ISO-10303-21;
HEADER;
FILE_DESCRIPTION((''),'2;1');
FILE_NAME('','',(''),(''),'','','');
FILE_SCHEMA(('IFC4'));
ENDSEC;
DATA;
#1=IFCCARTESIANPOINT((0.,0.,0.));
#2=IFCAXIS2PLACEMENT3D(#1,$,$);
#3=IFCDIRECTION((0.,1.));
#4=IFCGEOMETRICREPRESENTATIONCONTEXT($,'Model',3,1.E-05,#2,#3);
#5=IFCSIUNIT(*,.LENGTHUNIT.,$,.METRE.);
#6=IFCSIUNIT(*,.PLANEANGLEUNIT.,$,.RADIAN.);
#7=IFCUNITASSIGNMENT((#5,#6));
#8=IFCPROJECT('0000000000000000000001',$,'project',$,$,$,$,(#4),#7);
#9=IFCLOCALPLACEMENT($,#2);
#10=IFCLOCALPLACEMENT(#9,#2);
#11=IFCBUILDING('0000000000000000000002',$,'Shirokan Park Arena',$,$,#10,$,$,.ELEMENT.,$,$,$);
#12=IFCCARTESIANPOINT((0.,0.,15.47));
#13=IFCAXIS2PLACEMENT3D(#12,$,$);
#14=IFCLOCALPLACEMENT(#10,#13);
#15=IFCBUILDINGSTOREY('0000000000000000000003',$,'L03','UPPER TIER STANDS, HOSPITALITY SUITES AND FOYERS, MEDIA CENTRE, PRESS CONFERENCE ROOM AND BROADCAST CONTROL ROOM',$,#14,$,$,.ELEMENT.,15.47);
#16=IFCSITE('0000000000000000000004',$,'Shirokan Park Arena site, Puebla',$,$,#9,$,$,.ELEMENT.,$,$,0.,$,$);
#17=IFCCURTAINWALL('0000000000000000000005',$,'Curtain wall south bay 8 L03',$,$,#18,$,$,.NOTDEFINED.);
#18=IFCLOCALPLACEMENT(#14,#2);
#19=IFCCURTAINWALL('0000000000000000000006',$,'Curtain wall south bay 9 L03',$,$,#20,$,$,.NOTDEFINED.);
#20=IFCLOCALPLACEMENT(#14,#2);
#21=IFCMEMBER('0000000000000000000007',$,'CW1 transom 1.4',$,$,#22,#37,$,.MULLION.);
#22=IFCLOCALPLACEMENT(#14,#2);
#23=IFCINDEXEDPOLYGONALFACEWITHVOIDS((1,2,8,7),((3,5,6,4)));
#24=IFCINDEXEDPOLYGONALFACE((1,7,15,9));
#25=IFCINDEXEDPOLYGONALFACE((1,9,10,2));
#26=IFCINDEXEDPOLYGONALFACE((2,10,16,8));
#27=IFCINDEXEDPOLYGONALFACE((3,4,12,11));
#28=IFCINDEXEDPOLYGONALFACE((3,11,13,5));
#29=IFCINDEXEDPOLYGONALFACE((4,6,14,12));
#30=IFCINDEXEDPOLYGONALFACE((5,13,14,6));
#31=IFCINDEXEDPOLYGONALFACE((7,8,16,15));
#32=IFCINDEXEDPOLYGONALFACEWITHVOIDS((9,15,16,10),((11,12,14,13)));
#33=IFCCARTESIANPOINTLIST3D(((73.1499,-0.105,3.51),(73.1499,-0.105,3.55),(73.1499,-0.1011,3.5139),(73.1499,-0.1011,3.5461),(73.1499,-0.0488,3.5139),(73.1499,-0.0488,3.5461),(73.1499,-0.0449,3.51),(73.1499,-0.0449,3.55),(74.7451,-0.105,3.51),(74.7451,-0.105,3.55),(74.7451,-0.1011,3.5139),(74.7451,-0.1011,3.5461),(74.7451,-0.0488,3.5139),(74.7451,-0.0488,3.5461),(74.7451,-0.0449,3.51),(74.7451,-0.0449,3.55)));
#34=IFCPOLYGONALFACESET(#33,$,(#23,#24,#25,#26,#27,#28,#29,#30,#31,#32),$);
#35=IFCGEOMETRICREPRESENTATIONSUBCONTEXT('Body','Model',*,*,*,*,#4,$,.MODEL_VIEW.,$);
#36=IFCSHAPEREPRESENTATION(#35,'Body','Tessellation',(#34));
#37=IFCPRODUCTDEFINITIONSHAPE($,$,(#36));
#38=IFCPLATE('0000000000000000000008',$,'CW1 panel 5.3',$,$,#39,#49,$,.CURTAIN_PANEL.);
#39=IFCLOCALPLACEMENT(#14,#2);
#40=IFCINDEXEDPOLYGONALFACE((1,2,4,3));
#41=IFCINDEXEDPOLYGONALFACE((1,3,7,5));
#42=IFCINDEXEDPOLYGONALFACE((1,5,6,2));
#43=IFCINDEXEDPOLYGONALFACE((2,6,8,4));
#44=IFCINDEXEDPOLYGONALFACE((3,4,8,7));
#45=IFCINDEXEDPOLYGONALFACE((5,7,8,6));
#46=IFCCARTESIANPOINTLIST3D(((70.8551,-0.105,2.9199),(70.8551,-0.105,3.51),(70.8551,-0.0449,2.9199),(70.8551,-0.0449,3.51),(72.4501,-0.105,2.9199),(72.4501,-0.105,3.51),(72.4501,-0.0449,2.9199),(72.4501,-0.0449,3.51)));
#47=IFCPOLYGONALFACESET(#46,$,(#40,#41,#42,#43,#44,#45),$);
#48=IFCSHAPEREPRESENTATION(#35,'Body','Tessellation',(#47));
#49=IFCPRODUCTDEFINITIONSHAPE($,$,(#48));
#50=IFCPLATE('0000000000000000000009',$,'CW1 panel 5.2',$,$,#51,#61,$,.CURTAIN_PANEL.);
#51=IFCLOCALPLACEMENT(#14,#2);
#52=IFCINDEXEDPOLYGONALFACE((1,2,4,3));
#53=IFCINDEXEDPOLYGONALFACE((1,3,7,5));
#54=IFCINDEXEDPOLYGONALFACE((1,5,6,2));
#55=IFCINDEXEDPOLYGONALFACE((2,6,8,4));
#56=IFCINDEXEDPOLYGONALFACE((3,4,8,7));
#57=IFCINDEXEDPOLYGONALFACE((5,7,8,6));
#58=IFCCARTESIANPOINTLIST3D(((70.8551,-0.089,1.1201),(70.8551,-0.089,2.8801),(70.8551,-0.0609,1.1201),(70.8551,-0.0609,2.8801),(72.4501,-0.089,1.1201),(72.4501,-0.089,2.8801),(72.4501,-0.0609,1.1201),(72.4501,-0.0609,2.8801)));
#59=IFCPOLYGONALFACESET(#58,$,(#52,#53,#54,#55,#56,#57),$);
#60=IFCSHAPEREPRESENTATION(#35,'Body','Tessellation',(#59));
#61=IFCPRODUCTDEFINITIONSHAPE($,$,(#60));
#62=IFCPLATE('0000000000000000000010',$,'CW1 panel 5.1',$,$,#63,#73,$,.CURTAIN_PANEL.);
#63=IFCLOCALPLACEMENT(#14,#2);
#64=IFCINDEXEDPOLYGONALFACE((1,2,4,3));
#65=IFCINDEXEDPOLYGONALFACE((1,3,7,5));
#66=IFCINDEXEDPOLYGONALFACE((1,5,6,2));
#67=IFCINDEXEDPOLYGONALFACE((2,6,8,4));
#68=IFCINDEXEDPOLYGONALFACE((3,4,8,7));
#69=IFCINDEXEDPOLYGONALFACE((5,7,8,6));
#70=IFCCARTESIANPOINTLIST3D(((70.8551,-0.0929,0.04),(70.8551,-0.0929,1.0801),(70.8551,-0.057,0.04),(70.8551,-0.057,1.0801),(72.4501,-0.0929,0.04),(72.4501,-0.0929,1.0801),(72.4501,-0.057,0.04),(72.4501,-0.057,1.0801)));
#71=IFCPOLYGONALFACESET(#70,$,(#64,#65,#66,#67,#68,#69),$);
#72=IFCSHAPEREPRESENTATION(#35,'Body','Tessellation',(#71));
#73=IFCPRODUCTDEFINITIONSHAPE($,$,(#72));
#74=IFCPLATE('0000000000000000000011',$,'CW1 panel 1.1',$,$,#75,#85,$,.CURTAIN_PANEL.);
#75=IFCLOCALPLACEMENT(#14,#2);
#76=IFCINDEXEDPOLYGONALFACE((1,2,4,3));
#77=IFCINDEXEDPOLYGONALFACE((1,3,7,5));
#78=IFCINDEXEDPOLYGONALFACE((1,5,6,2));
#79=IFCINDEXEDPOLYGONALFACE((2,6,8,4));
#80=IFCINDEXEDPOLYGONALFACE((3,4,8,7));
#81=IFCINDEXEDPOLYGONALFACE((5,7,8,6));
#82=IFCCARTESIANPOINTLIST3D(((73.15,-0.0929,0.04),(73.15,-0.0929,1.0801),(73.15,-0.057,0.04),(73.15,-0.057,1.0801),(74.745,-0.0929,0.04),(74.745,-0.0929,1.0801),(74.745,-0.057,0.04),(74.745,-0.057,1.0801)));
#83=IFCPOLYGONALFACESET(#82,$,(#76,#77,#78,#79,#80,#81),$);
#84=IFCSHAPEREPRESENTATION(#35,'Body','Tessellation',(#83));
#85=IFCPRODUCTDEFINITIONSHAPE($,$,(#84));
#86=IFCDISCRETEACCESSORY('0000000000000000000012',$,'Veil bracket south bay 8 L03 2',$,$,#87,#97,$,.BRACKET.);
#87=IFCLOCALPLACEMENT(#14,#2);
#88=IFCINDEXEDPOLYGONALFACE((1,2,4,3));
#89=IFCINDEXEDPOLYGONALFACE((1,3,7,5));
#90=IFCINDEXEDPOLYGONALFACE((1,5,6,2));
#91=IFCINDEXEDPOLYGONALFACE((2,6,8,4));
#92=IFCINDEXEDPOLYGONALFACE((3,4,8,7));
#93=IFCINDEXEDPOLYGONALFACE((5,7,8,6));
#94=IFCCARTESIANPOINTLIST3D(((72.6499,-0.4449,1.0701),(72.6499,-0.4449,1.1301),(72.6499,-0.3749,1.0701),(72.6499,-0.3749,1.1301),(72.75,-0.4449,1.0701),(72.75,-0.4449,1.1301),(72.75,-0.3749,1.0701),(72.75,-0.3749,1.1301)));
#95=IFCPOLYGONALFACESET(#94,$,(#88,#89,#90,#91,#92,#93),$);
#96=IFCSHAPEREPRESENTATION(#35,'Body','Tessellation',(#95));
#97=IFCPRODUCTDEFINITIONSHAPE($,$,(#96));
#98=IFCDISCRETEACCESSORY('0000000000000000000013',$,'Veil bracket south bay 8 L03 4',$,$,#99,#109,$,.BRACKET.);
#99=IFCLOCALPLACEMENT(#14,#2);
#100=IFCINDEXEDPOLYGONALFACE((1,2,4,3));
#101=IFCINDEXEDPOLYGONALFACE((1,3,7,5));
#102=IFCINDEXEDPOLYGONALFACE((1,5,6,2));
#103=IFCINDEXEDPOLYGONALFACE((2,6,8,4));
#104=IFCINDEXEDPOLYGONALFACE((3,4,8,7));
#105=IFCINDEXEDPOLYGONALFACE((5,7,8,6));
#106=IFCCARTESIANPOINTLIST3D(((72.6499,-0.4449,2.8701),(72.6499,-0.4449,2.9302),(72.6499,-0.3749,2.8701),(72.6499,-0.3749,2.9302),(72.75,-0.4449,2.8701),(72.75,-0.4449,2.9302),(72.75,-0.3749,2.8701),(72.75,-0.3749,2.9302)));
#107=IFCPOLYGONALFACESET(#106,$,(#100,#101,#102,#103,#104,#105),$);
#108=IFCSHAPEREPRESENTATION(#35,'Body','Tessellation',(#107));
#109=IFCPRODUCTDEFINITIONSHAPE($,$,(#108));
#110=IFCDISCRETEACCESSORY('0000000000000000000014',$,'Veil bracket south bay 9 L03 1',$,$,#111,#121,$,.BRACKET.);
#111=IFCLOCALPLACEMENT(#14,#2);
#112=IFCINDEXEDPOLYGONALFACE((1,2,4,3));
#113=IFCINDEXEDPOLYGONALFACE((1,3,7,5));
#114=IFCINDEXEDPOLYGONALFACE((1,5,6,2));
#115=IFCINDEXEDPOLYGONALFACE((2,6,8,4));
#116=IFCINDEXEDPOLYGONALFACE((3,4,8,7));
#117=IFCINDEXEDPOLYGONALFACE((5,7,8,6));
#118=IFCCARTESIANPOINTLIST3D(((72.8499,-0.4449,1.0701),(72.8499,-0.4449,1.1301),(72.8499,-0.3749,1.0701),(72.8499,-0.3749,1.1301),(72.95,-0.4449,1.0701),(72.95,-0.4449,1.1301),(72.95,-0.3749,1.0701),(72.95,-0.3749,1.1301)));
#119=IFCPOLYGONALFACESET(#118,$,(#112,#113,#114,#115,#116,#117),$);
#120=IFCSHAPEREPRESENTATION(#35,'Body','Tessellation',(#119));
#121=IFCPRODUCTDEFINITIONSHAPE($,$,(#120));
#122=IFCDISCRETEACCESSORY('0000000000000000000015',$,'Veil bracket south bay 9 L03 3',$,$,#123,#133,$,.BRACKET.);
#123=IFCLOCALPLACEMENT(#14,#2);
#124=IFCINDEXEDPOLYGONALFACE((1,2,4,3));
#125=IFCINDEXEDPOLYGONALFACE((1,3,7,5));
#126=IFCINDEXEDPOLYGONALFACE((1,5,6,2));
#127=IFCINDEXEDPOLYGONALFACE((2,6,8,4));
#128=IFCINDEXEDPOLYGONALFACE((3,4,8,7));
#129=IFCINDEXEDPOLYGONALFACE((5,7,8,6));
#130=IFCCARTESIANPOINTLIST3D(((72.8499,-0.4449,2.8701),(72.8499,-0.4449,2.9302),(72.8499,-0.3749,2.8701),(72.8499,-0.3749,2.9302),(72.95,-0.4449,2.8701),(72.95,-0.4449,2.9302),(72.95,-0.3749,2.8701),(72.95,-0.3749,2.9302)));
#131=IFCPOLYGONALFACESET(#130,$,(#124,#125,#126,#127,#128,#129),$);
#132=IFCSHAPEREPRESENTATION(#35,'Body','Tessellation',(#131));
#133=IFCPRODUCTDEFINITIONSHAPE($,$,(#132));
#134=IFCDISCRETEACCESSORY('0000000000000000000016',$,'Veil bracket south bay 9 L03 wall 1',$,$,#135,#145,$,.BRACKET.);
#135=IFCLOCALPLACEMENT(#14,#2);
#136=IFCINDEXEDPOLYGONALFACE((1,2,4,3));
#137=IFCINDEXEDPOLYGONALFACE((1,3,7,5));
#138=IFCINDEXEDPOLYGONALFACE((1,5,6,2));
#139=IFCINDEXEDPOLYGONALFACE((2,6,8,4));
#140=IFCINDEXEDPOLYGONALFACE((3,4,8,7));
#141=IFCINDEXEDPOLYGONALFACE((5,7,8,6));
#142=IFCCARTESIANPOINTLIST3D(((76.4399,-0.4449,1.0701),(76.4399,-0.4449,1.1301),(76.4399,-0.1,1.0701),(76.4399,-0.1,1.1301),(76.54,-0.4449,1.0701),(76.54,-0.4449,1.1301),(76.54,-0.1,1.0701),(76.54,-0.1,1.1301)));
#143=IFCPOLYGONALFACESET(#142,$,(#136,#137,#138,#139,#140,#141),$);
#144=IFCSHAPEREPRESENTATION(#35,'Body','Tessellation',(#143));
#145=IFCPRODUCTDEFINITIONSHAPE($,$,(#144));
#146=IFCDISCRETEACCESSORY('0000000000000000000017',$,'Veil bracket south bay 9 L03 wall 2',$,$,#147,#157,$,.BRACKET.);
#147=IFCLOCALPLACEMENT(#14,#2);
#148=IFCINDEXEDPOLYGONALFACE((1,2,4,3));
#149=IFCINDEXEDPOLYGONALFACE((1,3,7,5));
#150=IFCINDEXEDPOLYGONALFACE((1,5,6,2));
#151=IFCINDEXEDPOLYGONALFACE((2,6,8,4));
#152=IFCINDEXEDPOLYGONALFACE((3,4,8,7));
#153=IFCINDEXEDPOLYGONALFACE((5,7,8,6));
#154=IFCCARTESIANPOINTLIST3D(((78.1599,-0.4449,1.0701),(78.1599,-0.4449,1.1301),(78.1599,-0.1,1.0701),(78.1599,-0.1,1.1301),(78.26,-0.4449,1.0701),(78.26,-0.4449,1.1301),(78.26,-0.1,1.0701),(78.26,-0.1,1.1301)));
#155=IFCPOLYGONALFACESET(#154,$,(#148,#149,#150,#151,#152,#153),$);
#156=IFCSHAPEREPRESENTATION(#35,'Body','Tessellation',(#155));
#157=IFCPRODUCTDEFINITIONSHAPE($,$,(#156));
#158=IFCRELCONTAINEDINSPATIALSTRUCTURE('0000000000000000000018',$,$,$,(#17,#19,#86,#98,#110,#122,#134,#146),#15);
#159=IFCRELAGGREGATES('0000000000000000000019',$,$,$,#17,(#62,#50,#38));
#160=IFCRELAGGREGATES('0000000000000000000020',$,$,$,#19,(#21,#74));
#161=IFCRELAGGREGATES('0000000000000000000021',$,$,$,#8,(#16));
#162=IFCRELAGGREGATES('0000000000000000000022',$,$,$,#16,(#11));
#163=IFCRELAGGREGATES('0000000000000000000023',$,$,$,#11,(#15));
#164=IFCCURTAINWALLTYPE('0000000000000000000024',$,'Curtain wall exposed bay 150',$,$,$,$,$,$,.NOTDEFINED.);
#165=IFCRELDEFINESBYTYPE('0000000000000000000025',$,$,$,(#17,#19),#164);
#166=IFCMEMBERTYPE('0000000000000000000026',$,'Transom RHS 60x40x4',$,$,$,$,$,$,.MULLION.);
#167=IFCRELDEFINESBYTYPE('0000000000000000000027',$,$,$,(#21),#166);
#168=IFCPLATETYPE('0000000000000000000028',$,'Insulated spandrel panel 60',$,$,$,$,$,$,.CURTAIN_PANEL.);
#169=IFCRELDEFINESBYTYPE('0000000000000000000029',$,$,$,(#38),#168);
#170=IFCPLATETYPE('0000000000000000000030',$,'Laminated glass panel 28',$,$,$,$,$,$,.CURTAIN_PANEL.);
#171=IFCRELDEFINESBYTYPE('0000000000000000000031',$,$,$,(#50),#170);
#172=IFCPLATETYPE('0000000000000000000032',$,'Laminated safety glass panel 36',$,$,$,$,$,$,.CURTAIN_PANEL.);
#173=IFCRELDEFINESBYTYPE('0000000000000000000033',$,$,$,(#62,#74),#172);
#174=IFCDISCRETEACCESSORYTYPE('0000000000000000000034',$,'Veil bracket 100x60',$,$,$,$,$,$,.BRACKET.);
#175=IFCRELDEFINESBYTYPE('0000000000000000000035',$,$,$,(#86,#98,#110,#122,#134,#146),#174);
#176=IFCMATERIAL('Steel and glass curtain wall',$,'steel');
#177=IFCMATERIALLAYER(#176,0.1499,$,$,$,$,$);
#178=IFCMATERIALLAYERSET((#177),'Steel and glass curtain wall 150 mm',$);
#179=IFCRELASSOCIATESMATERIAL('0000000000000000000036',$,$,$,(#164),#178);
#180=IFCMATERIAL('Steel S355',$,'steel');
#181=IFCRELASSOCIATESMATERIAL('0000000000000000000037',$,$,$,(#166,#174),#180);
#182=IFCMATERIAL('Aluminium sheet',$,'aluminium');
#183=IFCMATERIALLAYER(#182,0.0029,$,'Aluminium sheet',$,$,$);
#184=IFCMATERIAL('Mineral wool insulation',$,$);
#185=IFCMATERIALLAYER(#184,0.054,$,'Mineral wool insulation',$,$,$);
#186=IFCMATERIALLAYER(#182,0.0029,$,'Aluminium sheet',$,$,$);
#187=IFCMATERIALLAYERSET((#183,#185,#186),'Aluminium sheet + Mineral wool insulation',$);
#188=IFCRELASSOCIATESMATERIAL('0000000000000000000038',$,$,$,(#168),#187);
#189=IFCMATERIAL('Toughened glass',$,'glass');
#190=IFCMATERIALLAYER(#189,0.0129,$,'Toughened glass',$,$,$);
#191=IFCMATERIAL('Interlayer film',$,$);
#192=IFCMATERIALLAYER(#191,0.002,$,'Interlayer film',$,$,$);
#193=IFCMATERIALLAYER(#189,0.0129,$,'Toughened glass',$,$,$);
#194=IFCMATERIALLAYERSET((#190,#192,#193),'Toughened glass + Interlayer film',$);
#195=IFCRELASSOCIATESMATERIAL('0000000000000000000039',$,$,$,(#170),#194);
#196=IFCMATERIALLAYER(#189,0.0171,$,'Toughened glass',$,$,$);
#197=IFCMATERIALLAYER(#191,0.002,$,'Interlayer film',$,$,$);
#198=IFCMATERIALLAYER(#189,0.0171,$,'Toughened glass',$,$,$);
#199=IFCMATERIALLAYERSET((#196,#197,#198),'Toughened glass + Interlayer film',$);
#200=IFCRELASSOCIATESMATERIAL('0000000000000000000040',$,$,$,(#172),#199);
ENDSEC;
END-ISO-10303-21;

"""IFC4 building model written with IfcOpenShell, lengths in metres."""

from ifc_helpers import new_model, si_unit, direction, frame, origin, origin_2d, place, context, subcontext, project, spatial, rectangle, hollow_rectangle, extrude, material, layer, layer_set, material_profile, profile_set, type_object, element, aggregate, save


model = new_model("IFC4")

# Units and contexts
model_context = context("Model", 3, precision=1e-05, world=origin(), true_north=direction((0.0, 1.0)))
body_context = subcontext(model_context, "Body", "Model", "MODEL_VIEW")
ifc_project = project(units=[si_unit("LENGTHUNIT", "METRE"), si_unit("PLANEANGLEUNIT", "RADIAN")], contexts=[model_context])

# Site, building, storey
site_placement = place(None, origin())
site = spatial("IfcSite", under=ifc_project, at=site_placement, Name="Shirokan Park Arena site, Puebla", CompositionType="ELEMENT", RefElevation=0.0)
building_placement = place(site_placement, origin())
building = spatial("IfcBuilding", under=site, at=building_placement, Name="Shirokan Park Arena", CompositionType="ELEMENT")
storey_placement = place(building_placement, frame((0.0, 0.0, 15.47)))
storey = spatial("IfcBuildingStorey", under=building, at=storey_placement, Name="L03", Description="UPPER TIER STANDS, HOSPITALITY SUITES AND FOYERS, MEDIA CENTRE, PRESS CONFERENCE ROOM AND BROADCAST CONTROL ROOM", CompositionType="ELEMENT", Elevation=15.47)

# Curtain walls
ifc_material_1 = material(Name="Steel and glass curtain wall", Category="steel")
ifc_layer_1 = layer(ifc_material_1, 0.1499)
ifc_layer_set_1 = layer_set([ifc_layer_1], Name="Steel and glass curtain wall 150 mm")
curtain_wall_type = type_object("IfcCurtainWallType", Name="Curtain wall exposed bay 150", PredefinedType="NOTDEFINED", material=ifc_layer_set_1)
curtain_wall_1_placement = place(storey_placement, origin())
curtain_wall_1 = element("IfcCurtainWall", 1, at=curtain_wall_1_placement, inside=storey, type_object=curtain_wall_type, Name="Curtain wall south bay 8 L03", PredefinedType="NOTDEFINED")
ifc_material_2 = material(Name="Steel S355", Category="steel")
curtain_wall_2_placement = place(storey_placement, origin())
curtain_wall_2 = element("IfcCurtainWall", 2, at=curtain_wall_2_placement, inside=storey, type_object=curtain_wall_type, Name="Curtain wall south bay 9 L03", PredefinedType="NOTDEFINED")

# Member
ifc_material_profile_1 = material_profile(ifc_material_2, hollow_rectangle(XDim=0.0601, YDim=0.04, WallThickness=0.0039, at=origin_2d()), Name="RHS 60x40x4")
ifc_profile_set_1 = profile_set([ifc_material_profile_1], Name="Steel S355")
member_type_1 = type_object("IfcMemberType", Name="Transom RHS 60x40x4", PredefinedType="MULLION", material=ifc_profile_set_1)
member_1_placement = place(storey_placement, frame((73.1499, -0.075, 3.53), z_axis=(1.0, 0.0, 0.0), x_axis=(0.0, 1.0, 0.0)))
member_1 = element("IfcMember", 3, at=member_1_placement, type_object=member_type_1, Name="CW1 transom 1.4", PredefinedType="MULLION", context=body_context, shape_type="SweptSolid", body=[
    extrude(hollow_rectangle(XDim=0.0601, YDim=0.04, WallThickness=0.0039, at=origin_2d()), origin(), (0.0, 0.0, 1.0), 1.5952),
])

# Plates
ifc_material_3 = material(Name="Aluminium sheet", Category="aluminium")
ifc_layer_2 = layer(ifc_material_3, 0.0029, Name="Aluminium sheet")
ifc_material_4 = material(Name="Mineral wool insulation")
ifc_layer_3 = layer(ifc_material_4, 0.054, Name="Mineral wool insulation")
ifc_layer_4 = layer(ifc_material_3, 0.0029, Name="Aluminium sheet")
ifc_layer_set_2 = layer_set([ifc_layer_2, ifc_layer_3, ifc_layer_4], Name="Aluminium sheet + Mineral wool insulation")
plate_type_1 = type_object("IfcPlateType", Name="Insulated spandrel panel 60", PredefinedType="CURTAIN_PANEL", material=ifc_layer_set_2)
plate_1_placement = place(storey_placement, frame((71.6526, -0.075, 2.9199), z_axis=(0.0, 0.0, 1.0), x_axis=(1.0, 0.0, 0.0)))
plate_1 = element("IfcPlate", 4, at=plate_1_placement, type_object=plate_type_1, Name="CW1 panel 5.3", PredefinedType="CURTAIN_PANEL", context=body_context, shape_type="SweptSolid", body=[
    extrude(rectangle(XDim=1.595, YDim=0.0601, at=origin_2d()), origin(), (0.0, 0.0, 1.0), 0.5901),
])
ifc_material_5 = material(Name="Toughened glass", Category="glass")
ifc_layer_5 = layer(ifc_material_5, 0.0129, Name="Toughened glass")
ifc_material_6 = material(Name="Interlayer film")
ifc_layer_6 = layer(ifc_material_6, 0.002, Name="Interlayer film")
ifc_layer_7 = layer(ifc_material_5, 0.0129, Name="Toughened glass")
ifc_layer_set_3 = layer_set([ifc_layer_5, ifc_layer_6, ifc_layer_7], Name="Toughened glass + Interlayer film")
plate_type_2 = type_object("IfcPlateType", Name="Laminated glass panel 28", PredefinedType="CURTAIN_PANEL", material=ifc_layer_set_3)
plate_2_placement = place(storey_placement, frame((71.6526, -0.075, 1.1201), z_axis=(0.0, 0.0, 1.0), x_axis=(1.0, 0.0, 0.0)))
plate_2 = element("IfcPlate", 5, at=plate_2_placement, type_object=plate_type_2, Name="CW1 panel 5.2", PredefinedType="CURTAIN_PANEL", context=body_context, shape_type="SweptSolid", body=[
    extrude(rectangle(XDim=1.595, YDim=0.0281, at=origin_2d()), origin(), (0.0, 0.0, 1.0), 1.76),
])
ifc_layer_8 = layer(ifc_material_5, 0.0171, Name="Toughened glass")
ifc_layer_9 = layer(ifc_material_6, 0.002, Name="Interlayer film")
ifc_layer_10 = layer(ifc_material_5, 0.0171, Name="Toughened glass")
ifc_layer_set_4 = layer_set([ifc_layer_8, ifc_layer_9, ifc_layer_10], Name="Toughened glass + Interlayer film")
plate_type_3 = type_object("IfcPlateType", Name="Laminated safety glass panel 36", PredefinedType="CURTAIN_PANEL", material=ifc_layer_set_4)
plate_3_placement = place(storey_placement, frame((71.6526, -0.075, 0.04), z_axis=(0.0, 0.0, 1.0), x_axis=(1.0, 0.0, 0.0)))
plate_3 = element("IfcPlate", 6, at=plate_3_placement, type_object=plate_type_3, Name="CW1 panel 5.1", PredefinedType="CURTAIN_PANEL", context=body_context, shape_type="SweptSolid", body=[
    extrude(rectangle(XDim=1.595, YDim=0.0359, at=origin_2d()), origin(), (0.0, 0.0, 1.0), 1.04),
])
aggregate(curtain_wall_1, [plate_3, plate_2, plate_1])
plate_4_placement = place(storey_placement, frame((73.9475, -0.075, 0.04), z_axis=(0.0, 0.0, 1.0), x_axis=(1.0, 0.0, 0.0)))
plate_4 = element("IfcPlate", 7, at=plate_4_placement, type_object=plate_type_3, Name="CW1 panel 1.1", PredefinedType="CURTAIN_PANEL", context=body_context, shape_type="SweptSolid", body=[
    extrude(rectangle(XDim=1.595, YDim=0.0359, at=origin_2d()), origin(), (0.0, 0.0, 1.0), 1.04),
])
aggregate(curtain_wall_2, [member_1, plate_4])

# Discrete accessories
discrete_accessory_type = type_object("IfcDiscreteAccessoryType", Name="Veil bracket 100x60", PredefinedType="BRACKET", material=ifc_material_2)
for number, where, z_axis, x_axis, name in (
    (8, (72.7, -0.4099, 1.0701), (0.0, 0.0, 1.0), (1.0, 0.0, 0.0), "Veil bracket south bay 8 L03 2"),
    (9, (72.7, -0.4099, 2.8701), (0.0, 0.0, 1.0), (1.0, 0.0, 0.0), "Veil bracket south bay 8 L03 4"),
    (10, (72.8999, -0.4099, 1.0701), (0.0, 0.0, 1.0), (1.0, 0.0, 0.0), "Veil bracket south bay 9 L03 1"),
    (11, (72.8999, -0.4099, 2.8701), (0.0, 0.0, 1.0), (1.0, 0.0, 0.0), "Veil bracket south bay 9 L03 3"),
):
    element("IfcDiscreteAccessory", number, at=place(storey_placement, frame(where, z_axis=z_axis, x_axis=x_axis)), inside=storey, type_object=discrete_accessory_type, Name=name, PredefinedType="BRACKET", context=body_context, shape_type="SweptSolid", body=[
        extrude(rectangle(XDim=0.1001, YDim=0.0701, at=origin_2d()), origin(), (0.0, 0.0, 1.0), 0.0601),
    ])
for number, where, z_axis, x_axis, name in (
    (12, (76.49, -0.2725, 1.0701), (0.0, 0.0, 1.0), (1.0, 0.0, 0.0), "Veil bracket south bay 9 L03 wall 1"),
    (13, (78.21, -0.2725, 1.0701), (0.0, 0.0, 1.0), (1.0, 0.0, 0.0), "Veil bracket south bay 9 L03 wall 2"),
):
    element("IfcDiscreteAccessory", number, at=place(storey_placement, frame(where, z_axis=z_axis, x_axis=x_axis)), inside=storey, type_object=discrete_accessory_type, Name=name, PredefinedType="BRACKET", context=body_context, shape_type="SweptSolid", body=[
        extrude(rectangle(XDim=0.1001, YDim=0.345, at=origin_2d()), origin(), (0.0, 0.0, 1.0), 0.0601),
    ])

save(model, "model.ifc")
